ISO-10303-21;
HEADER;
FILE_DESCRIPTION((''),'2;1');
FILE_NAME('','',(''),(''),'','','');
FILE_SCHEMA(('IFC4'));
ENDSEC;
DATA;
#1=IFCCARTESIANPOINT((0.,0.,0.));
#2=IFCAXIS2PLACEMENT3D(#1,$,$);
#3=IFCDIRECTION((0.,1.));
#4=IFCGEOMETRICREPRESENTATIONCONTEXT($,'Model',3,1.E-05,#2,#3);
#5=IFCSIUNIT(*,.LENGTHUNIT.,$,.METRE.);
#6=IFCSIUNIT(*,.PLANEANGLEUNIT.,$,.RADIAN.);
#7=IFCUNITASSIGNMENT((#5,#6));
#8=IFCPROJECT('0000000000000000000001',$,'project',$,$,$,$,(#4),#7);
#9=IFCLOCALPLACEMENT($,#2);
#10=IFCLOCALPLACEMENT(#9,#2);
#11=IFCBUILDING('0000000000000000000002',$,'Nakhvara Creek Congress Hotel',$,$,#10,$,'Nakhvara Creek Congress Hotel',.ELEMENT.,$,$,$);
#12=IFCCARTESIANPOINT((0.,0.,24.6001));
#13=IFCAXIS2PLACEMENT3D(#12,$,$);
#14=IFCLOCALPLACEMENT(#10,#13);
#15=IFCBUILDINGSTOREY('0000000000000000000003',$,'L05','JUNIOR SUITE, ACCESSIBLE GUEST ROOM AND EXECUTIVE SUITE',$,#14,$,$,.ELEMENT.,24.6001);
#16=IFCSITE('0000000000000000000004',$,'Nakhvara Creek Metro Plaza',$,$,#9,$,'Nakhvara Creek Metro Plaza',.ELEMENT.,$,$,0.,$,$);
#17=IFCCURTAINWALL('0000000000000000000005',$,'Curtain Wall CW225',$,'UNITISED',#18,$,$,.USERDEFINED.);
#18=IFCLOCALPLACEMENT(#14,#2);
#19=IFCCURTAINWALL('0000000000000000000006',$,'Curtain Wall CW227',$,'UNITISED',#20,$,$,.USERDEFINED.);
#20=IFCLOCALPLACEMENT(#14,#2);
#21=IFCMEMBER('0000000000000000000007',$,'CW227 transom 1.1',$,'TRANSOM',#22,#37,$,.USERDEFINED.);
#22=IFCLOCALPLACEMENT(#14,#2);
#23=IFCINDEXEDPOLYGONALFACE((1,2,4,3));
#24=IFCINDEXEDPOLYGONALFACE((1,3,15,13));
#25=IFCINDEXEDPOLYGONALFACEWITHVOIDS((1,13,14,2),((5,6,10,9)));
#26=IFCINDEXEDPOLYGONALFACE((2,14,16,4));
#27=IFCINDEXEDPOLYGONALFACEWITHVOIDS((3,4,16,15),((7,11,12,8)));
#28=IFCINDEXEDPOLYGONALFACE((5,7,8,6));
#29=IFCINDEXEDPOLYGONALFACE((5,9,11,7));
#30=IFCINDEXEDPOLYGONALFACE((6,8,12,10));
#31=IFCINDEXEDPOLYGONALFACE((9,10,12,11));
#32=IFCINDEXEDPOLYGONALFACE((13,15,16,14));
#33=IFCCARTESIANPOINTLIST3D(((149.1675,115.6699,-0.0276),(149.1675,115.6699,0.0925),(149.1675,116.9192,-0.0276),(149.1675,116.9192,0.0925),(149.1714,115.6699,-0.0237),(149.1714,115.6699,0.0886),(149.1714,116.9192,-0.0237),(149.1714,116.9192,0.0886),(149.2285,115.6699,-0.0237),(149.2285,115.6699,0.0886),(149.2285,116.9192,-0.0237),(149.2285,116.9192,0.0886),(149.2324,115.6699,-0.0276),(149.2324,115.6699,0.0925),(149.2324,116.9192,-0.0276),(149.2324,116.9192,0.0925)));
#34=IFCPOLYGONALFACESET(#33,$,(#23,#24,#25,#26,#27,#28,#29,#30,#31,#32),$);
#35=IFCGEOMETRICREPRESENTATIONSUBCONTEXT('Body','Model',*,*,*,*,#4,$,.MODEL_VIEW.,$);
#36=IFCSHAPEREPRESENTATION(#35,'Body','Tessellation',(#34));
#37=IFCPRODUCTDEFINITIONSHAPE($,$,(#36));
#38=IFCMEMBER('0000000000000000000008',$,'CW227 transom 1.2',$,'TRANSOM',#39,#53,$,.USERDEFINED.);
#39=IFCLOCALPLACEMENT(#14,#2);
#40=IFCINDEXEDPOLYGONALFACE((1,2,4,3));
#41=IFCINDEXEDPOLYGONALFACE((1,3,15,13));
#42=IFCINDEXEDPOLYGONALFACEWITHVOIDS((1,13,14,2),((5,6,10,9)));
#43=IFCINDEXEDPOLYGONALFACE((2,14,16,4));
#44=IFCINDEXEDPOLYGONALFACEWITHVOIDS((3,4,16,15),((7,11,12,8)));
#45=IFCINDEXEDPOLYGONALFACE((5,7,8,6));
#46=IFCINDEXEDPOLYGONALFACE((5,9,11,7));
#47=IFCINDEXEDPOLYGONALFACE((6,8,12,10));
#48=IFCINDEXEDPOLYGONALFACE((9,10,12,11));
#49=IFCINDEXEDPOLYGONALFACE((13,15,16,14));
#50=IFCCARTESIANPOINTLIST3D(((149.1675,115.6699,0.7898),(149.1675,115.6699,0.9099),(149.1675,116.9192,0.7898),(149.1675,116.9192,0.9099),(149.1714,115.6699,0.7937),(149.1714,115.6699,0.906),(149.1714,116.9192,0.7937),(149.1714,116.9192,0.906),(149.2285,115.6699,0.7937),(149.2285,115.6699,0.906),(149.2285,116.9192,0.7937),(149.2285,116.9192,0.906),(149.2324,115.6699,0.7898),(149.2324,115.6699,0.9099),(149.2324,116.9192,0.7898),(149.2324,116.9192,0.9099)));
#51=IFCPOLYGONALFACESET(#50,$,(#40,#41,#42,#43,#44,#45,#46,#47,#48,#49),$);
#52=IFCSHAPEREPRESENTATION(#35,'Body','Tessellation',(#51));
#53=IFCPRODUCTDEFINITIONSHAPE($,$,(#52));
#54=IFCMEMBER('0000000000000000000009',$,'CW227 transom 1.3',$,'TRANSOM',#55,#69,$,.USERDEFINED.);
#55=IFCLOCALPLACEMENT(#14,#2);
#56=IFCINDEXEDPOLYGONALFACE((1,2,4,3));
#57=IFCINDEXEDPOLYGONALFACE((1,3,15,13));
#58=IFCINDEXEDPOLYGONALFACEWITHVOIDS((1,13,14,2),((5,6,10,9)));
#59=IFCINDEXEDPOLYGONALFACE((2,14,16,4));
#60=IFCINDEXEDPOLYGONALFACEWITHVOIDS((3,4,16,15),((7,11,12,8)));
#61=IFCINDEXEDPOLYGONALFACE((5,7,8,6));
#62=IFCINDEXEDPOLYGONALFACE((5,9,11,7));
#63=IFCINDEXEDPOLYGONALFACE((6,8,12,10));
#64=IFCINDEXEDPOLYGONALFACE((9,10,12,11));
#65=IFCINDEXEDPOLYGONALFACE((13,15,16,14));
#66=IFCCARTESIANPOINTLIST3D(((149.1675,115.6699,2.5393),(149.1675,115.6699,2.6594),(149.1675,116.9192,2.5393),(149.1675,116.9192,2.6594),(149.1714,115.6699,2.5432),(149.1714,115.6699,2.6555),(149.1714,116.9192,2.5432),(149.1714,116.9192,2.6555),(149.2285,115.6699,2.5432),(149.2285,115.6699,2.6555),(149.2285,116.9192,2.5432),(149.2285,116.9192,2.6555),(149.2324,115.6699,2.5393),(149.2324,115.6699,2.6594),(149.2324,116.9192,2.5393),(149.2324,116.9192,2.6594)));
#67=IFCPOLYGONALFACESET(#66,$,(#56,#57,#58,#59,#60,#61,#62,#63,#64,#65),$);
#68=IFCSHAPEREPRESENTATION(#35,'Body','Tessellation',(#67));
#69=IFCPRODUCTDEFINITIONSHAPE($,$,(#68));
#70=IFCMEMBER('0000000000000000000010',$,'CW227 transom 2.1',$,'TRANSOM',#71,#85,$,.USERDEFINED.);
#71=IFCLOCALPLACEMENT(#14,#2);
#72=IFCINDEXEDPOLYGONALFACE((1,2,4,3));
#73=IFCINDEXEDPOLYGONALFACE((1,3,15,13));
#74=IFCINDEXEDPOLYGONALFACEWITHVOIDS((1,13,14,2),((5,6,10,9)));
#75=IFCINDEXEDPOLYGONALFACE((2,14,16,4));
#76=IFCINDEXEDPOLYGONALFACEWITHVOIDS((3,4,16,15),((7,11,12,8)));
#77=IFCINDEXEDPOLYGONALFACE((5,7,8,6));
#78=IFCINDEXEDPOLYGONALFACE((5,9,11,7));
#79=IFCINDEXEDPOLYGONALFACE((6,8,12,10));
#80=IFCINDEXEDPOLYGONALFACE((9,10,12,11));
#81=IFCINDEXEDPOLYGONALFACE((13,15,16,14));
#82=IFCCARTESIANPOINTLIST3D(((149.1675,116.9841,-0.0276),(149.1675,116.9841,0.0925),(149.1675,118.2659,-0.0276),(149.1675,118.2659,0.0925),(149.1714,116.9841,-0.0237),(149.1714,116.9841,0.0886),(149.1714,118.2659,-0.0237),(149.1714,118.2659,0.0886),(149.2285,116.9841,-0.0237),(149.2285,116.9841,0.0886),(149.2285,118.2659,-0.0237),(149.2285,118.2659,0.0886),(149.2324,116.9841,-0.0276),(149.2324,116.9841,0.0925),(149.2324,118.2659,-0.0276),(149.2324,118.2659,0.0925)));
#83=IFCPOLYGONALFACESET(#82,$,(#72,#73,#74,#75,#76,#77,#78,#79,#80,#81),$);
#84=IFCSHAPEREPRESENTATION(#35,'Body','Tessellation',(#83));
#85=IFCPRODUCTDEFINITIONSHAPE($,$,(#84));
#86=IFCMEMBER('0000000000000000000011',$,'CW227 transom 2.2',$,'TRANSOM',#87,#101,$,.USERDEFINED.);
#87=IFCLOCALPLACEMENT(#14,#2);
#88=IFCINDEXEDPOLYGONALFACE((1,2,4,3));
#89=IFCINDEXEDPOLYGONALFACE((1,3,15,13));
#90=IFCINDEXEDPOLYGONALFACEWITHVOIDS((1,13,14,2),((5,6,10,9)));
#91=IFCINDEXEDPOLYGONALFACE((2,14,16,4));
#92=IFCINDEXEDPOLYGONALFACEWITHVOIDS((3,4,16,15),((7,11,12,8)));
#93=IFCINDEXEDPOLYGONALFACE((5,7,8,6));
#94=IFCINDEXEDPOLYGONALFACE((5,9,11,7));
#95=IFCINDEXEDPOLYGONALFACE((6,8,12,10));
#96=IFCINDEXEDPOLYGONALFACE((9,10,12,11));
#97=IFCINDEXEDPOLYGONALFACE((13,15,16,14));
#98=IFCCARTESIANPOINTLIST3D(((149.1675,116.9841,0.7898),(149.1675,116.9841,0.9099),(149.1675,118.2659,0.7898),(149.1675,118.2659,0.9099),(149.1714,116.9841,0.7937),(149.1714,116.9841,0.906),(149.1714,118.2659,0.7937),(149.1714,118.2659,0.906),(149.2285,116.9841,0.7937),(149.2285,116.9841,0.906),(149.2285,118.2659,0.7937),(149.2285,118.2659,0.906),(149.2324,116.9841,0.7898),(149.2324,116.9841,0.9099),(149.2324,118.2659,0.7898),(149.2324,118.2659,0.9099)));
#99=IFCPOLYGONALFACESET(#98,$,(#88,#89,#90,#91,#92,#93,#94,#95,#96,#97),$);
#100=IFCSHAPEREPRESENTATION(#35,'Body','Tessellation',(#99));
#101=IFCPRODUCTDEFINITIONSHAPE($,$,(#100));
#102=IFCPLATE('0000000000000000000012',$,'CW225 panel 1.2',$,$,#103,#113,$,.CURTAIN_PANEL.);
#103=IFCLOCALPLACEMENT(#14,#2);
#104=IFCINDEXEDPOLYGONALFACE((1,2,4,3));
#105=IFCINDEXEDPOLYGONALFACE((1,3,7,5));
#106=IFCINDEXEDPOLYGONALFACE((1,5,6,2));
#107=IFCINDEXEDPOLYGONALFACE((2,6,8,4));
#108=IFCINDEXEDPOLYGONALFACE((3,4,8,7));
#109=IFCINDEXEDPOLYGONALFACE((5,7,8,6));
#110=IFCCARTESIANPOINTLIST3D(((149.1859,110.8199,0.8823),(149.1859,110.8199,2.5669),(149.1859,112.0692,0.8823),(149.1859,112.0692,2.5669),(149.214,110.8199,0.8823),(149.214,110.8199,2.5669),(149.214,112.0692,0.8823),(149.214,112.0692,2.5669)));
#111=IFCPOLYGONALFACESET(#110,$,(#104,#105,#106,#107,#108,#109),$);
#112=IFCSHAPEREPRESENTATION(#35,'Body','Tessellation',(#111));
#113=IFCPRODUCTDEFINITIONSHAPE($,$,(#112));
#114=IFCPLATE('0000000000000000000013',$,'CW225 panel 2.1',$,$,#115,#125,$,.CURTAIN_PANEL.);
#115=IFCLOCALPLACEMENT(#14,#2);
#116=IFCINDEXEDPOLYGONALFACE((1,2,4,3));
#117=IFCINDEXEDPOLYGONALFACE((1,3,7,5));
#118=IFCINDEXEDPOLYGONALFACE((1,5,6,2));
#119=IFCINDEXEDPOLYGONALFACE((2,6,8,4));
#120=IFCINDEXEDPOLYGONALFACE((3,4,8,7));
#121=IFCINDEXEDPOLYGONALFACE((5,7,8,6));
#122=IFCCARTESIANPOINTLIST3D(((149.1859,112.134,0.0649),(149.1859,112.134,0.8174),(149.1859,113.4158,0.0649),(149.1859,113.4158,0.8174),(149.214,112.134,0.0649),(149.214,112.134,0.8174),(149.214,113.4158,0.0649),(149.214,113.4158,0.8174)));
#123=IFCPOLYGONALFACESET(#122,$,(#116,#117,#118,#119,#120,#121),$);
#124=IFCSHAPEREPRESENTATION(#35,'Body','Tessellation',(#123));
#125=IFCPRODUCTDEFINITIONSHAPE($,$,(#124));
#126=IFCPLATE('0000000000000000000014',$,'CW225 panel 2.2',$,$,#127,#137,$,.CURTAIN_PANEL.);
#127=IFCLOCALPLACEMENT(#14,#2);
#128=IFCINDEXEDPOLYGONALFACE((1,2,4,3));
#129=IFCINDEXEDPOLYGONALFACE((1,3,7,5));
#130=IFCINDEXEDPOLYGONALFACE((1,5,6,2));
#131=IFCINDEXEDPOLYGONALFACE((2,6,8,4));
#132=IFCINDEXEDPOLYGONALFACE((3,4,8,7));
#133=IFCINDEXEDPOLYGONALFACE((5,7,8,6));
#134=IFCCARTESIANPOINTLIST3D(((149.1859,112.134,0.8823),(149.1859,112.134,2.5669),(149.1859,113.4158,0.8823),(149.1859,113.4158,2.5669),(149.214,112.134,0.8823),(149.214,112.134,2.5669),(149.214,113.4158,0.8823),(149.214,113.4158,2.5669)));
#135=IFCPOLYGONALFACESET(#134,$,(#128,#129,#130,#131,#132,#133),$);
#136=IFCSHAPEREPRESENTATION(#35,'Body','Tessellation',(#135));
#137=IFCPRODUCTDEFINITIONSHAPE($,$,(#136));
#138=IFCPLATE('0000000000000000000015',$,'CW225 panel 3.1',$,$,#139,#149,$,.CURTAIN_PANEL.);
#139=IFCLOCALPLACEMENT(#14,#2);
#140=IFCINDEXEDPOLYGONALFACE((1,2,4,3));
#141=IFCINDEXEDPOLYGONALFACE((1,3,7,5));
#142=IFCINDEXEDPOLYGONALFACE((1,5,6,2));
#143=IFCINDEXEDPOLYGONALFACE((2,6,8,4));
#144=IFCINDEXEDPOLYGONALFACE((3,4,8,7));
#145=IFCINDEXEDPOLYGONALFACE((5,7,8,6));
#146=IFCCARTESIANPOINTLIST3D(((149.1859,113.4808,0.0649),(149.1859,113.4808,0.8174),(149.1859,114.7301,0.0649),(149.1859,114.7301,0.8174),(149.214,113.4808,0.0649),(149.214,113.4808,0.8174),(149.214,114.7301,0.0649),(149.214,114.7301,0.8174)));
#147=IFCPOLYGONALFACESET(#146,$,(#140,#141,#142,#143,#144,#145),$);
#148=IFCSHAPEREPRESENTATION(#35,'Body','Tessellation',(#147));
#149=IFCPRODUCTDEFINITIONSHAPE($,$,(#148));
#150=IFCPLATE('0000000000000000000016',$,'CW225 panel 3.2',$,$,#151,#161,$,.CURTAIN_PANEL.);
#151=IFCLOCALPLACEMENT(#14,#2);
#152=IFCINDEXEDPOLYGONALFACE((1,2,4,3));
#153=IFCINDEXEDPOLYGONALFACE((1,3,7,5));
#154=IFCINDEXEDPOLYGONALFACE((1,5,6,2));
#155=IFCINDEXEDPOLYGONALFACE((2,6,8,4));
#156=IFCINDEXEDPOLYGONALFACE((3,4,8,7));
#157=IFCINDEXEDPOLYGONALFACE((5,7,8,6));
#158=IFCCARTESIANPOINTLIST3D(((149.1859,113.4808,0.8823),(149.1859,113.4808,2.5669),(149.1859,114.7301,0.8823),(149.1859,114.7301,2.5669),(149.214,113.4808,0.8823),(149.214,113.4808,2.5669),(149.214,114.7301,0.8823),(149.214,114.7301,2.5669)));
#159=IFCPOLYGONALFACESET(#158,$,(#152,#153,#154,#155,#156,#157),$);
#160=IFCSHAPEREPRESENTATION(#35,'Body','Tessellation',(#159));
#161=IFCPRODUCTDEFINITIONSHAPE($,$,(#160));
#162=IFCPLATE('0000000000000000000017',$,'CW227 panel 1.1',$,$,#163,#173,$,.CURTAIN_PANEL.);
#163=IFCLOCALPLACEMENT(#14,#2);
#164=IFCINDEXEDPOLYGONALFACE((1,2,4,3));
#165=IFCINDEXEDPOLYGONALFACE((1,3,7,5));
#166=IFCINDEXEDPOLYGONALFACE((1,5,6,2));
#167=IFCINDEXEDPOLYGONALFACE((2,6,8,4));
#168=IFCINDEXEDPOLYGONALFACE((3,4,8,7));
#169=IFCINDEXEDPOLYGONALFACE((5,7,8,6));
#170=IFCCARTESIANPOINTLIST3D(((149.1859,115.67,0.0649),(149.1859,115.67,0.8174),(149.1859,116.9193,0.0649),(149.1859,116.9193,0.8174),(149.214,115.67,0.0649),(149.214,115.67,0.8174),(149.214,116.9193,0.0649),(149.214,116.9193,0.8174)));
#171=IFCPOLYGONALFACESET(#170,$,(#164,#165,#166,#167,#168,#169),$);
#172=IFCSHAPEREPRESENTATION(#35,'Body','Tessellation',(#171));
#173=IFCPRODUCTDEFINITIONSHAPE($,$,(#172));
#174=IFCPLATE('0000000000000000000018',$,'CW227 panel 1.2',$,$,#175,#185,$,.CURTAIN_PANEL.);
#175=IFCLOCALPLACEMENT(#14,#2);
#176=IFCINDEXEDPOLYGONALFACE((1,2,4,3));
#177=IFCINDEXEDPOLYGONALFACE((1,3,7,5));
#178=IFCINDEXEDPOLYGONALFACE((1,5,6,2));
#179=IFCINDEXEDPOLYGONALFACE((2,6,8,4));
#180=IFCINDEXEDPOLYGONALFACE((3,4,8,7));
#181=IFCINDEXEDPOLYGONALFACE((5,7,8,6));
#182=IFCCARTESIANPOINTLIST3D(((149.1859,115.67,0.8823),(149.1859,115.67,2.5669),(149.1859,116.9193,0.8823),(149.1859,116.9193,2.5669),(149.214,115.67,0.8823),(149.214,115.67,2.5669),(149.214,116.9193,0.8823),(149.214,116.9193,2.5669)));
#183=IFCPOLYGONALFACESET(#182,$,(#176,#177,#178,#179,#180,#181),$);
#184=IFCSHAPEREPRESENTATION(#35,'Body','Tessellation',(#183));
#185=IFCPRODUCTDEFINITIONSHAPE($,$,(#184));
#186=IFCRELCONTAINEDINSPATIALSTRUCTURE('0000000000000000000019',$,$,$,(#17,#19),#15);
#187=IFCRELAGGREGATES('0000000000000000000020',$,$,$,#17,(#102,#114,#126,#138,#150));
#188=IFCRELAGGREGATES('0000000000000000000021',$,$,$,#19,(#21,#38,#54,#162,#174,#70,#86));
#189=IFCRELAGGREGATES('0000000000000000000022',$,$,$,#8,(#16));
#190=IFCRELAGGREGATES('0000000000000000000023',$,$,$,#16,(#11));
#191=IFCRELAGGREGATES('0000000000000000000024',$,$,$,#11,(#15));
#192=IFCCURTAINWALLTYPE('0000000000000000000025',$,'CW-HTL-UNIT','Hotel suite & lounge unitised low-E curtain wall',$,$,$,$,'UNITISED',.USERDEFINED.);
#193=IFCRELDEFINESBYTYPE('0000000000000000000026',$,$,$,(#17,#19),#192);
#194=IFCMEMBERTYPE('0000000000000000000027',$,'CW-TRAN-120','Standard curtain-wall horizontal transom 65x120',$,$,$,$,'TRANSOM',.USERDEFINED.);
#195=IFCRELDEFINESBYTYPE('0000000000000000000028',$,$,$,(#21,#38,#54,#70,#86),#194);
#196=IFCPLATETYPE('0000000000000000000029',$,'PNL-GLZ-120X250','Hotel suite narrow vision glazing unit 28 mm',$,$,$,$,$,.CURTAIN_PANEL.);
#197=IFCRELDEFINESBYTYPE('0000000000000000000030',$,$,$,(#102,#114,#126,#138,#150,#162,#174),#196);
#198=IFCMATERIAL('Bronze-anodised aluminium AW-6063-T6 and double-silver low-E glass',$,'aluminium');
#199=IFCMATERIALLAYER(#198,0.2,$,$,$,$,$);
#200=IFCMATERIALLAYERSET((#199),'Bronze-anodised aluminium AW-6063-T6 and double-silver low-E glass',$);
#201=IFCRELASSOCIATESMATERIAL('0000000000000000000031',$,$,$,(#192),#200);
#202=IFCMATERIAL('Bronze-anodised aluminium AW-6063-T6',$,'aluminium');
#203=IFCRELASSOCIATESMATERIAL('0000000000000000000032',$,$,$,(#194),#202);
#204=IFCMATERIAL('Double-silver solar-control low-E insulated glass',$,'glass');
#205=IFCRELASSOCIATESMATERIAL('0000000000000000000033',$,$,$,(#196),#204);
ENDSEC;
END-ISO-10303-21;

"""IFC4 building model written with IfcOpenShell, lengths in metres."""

from ifc_helpers import new_model, si_unit, direction, frame, origin, origin_2d, place, context, subcontext, project, spatial, rectangle, hollow_rectangle, extrude, material, layer, layer_set, material_profile, profile_set, type_object, element, aggregate, save


model = new_model("IFC4")

# Units and contexts
model_context = context("Model", 3, precision=1e-05, world=origin(), true_north=direction((0.0, 1.0)))
body_context = subcontext(model_context, "Body", "Model", "MODEL_VIEW")
ifc_project = project(units=[si_unit("LENGTHUNIT", "METRE"), si_unit("PLANEANGLEUNIT", "RADIAN")], contexts=[model_context])

# Site, building, storey
site_placement = place(None, origin())
site = spatial("IfcSite", under=ifc_project, at=site_placement, Name="Nakhvara Creek Metro Plaza", LongName="Nakhvara Creek Metro Plaza", CompositionType="ELEMENT", RefElevation=0.0)
building_placement = place(site_placement, origin())
building = spatial("IfcBuilding", under=site, at=building_placement, Name="Nakhvara Creek Congress Hotel", LongName="Nakhvara Creek Congress Hotel", CompositionType="ELEMENT")
storey_placement = place(building_placement, frame((0.0, 0.0, 24.6001)))
storey = spatial("IfcBuildingStorey", under=building, at=storey_placement, Name="L05", Description="JUNIOR SUITE, ACCESSIBLE GUEST ROOM AND EXECUTIVE SUITE", CompositionType="ELEMENT", Elevation=24.6001)

# Curtain walls
ifc_material_1 = material(Name="Bronze-anodised aluminium AW-6063-T6 and double-silver low-E glass", Category="aluminium")
ifc_layer = layer(ifc_material_1, 0.2)
ifc_layer_set = layer_set([ifc_layer], Name="Bronze-anodised aluminium AW-6063-T6 and double-silver low-E glass")
curtain_wall_type = type_object("IfcCurtainWallType", Name="CW-HTL-UNIT", Description="Hotel suite & lounge unitised low-E curtain wall", ElementType="UNITISED", PredefinedType="USERDEFINED", material=ifc_layer_set)
curtain_wall_1_placement = place(storey_placement, origin())
curtain_wall_1 = element("IfcCurtainWall", 1, at=curtain_wall_1_placement, inside=storey, type_object=curtain_wall_type, Name="Curtain Wall CW225", ObjectType="UNITISED", PredefinedType="USERDEFINED")
ifc_material_2 = material(Name="Bronze-anodised aluminium AW-6063-T6", Category="aluminium")
curtain_wall_2_placement = place(storey_placement, origin())
curtain_wall_2 = element("IfcCurtainWall", 2, at=curtain_wall_2_placement, inside=storey, type_object=curtain_wall_type, Name="Curtain Wall CW227", ObjectType="UNITISED", PredefinedType="USERDEFINED")

# Members
ifc_material_profile_1 = material_profile(ifc_material_2, hollow_rectangle(XDim=0.0649, YDim=0.1201, WallThickness=0.0039, at=origin_2d()), Name="ALU-TRAN 65x120x4", Category="LoadBearing")
ifc_profile_set_1 = profile_set([ifc_material_profile_1], Name="Bronze-anodised aluminium AW-6063-T6")
member_type_1 = type_object("IfcMemberType", Name="CW-TRAN-120", Description="Standard curtain-wall horizontal transom 65x120", ElementType="TRANSOM", PredefinedType="USERDEFINED", material=ifc_profile_set_1)
member_1_placement = place(storey_placement, frame((149.2, 115.6699, 0.0325), z_axis=(0.0, 1.0, 0.0), x_axis=(-1.0, 0.0, 0.0)))
member_1 = element("IfcMember", 3, at=member_1_placement, type_object=member_type_1, Name="CW227 transom 1.1", ObjectType="TRANSOM", PredefinedType="USERDEFINED", context=body_context, shape_type="SweptSolid", body=[
    extrude(hollow_rectangle(XDim=0.0649, YDim=0.1201, WallThickness=0.0039, at=origin_2d()), origin(), (0.0, 0.0, 1.0), 1.2493),
])
member_2_placement = place(storey_placement, frame((149.2, 115.6699, 0.8499), z_axis=(0.0, 1.0, 0.0), x_axis=(-1.0, 0.0, 0.0)))
member_2 = element("IfcMember", 4, at=member_2_placement, type_object=member_type_1, Name="CW227 transom 1.2", ObjectType="TRANSOM", PredefinedType="USERDEFINED", context=body_context, shape_type="SweptSolid", body=[
    extrude(hollow_rectangle(XDim=0.0649, YDim=0.1201, WallThickness=0.0039, at=origin_2d()), origin(), (0.0, 0.0, 1.0), 1.2493),
])
member_3_placement = place(storey_placement, frame((149.2, 115.6699, 2.5994), z_axis=(0.0, 1.0, 0.0), x_axis=(-1.0, 0.0, 0.0)))
member_3 = element("IfcMember", 5, at=member_3_placement, type_object=member_type_1, Name="CW227 transom 1.3", ObjectType="TRANSOM", PredefinedType="USERDEFINED", context=body_context, shape_type="SweptSolid", body=[
    extrude(hollow_rectangle(XDim=0.0649, YDim=0.1201, WallThickness=0.0039, at=origin_2d()), origin(), (0.0, 0.0, 1.0), 1.2493),
])
member_4_placement = place(storey_placement, frame((149.2, 116.9841, 0.0325), z_axis=(0.0, 1.0, 0.0), x_axis=(-1.0, 0.0, 0.0)))
member_4 = element("IfcMember", 6, at=member_4_placement, type_object=member_type_1, Name="CW227 transom 2.1", ObjectType="TRANSOM", PredefinedType="USERDEFINED", context=body_context, shape_type="SweptSolid", body=[
    extrude(hollow_rectangle(XDim=0.0649, YDim=0.1201, WallThickness=0.0039, at=origin_2d()), origin(), (0.0, 0.0, 1.0), 1.2817),
])
member_5_placement = place(storey_placement, frame((149.2, 116.9841, 0.8499), z_axis=(0.0, 1.0, 0.0), x_axis=(-1.0, 0.0, 0.0)))
member_5 = element("IfcMember", 7, at=member_5_placement, type_object=member_type_1, Name="CW227 transom 2.2", ObjectType="TRANSOM", PredefinedType="USERDEFINED", context=body_context, shape_type="SweptSolid", body=[
    extrude(hollow_rectangle(XDim=0.0649, YDim=0.1201, WallThickness=0.0039, at=origin_2d()), origin(), (0.0, 0.0, 1.0), 1.2817),
])

# Plates
ifc_material_3 = material(Name="Double-silver solar-control low-E insulated glass", Category="glass")
plate_type = type_object("IfcPlateType", Name="PNL-GLZ-120X250", Description="Hotel suite narrow vision glazing unit 28 mm", PredefinedType="CURTAIN_PANEL", material=ifc_material_3)
plate_1_placement = place(storey_placement, frame((149.2, 111.4446, 0.8823), z_axis=(0.0, 0.0, 1.0), x_axis=(0.0, 1.0, 0.0)))
plate_1 = element("IfcPlate", 8, at=plate_1_placement, type_object=plate_type, Name="CW225 panel 1.2", PredefinedType="CURTAIN_PANEL", context=body_context, shape_type="SweptSolid", body=[
    extrude(rectangle(XDim=1.2493, YDim=0.0281, at=origin_2d()), origin(), (0.0, 0.0, 1.0), 1.6846),
])
plate_2_placement = place(storey_placement, frame((149.2, 112.7749, 0.0649), z_axis=(0.0, 0.0, 1.0), x_axis=(0.0, 1.0, 0.0)))
plate_2 = element("IfcPlate", 9, at=plate_2_placement, type_object=plate_type, Name="CW225 panel 2.1", PredefinedType="CURTAIN_PANEL", context=body_context, shape_type="SweptSolid", body=[
    extrude(rectangle(XDim=1.2817, YDim=0.0281, at=origin_2d()), origin(), (0.0, 0.0, 1.0), 0.7524),
])
plate_3_placement = place(storey_placement, frame((149.2, 112.7749, 0.8823), z_axis=(0.0, 0.0, 1.0), x_axis=(0.0, 1.0, 0.0)))
plate_3 = element("IfcPlate", 10, at=plate_3_placement, type_object=plate_type, Name="CW225 panel 2.2", PredefinedType="CURTAIN_PANEL", context=body_context, shape_type="SweptSolid", body=[
    extrude(rectangle(XDim=1.2817, YDim=0.0281, at=origin_2d()), origin(), (0.0, 0.0, 1.0), 1.6846),
])
plate_4_placement = place(storey_placement, frame((149.2, 114.1055, 0.0649), z_axis=(0.0, 0.0, 1.0), x_axis=(0.0, 1.0, 0.0)))
plate_4 = element("IfcPlate", 11, at=plate_4_placement, type_object=plate_type, Name="CW225 panel 3.1", PredefinedType="CURTAIN_PANEL", context=body_context, shape_type="SweptSolid", body=[
    extrude(rectangle(XDim=1.2493, YDim=0.0281, at=origin_2d()), origin(), (0.0, 0.0, 1.0), 0.7524),
])
plate_5_placement = place(storey_placement, frame((149.2, 114.1055, 0.8823), z_axis=(0.0, 0.0, 1.0), x_axis=(0.0, 1.0, 0.0)))
plate_5 = element("IfcPlate", 12, at=plate_5_placement, type_object=plate_type, Name="CW225 panel 3.2", PredefinedType="CURTAIN_PANEL", context=body_context, shape_type="SweptSolid", body=[
    extrude(rectangle(XDim=1.2493, YDim=0.0281, at=origin_2d()), origin(), (0.0, 0.0, 1.0), 1.6846),
])
aggregate(curtain_wall_1, [plate_1, plate_2, plate_3, plate_4, plate_5])
plate_6_placement = place(storey_placement, frame((149.2, 116.2947, 0.0649), z_axis=(0.0, 0.0, 1.0), x_axis=(0.0, 1.0, 0.0)))
plate_6 = element("IfcPlate", 13, at=plate_6_placement, type_object=plate_type, Name="CW227 panel 1.1", PredefinedType="CURTAIN_PANEL", context=body_context, shape_type="SweptSolid", body=[
    extrude(rectangle(XDim=1.2493, YDim=0.0281, at=origin_2d()), origin(), (0.0, 0.0, 1.0), 0.7524),
])
plate_7_placement = place(storey_placement, frame((149.2, 116.2947, 0.8823), z_axis=(0.0, 0.0, 1.0), x_axis=(0.0, 1.0, 0.0)))
plate_7 = element("IfcPlate", 14, at=plate_7_placement, type_object=plate_type, Name="CW227 panel 1.2", PredefinedType="CURTAIN_PANEL", context=body_context, shape_type="SweptSolid", body=[
    extrude(rectangle(XDim=1.2493, YDim=0.0281, at=origin_2d()), origin(), (0.0, 0.0, 1.0), 1.6846),
])
aggregate(curtain_wall_2, [member_1, member_2, member_3, plate_6, plate_7, member_4, member_5])

save(model, "model.ifc")
